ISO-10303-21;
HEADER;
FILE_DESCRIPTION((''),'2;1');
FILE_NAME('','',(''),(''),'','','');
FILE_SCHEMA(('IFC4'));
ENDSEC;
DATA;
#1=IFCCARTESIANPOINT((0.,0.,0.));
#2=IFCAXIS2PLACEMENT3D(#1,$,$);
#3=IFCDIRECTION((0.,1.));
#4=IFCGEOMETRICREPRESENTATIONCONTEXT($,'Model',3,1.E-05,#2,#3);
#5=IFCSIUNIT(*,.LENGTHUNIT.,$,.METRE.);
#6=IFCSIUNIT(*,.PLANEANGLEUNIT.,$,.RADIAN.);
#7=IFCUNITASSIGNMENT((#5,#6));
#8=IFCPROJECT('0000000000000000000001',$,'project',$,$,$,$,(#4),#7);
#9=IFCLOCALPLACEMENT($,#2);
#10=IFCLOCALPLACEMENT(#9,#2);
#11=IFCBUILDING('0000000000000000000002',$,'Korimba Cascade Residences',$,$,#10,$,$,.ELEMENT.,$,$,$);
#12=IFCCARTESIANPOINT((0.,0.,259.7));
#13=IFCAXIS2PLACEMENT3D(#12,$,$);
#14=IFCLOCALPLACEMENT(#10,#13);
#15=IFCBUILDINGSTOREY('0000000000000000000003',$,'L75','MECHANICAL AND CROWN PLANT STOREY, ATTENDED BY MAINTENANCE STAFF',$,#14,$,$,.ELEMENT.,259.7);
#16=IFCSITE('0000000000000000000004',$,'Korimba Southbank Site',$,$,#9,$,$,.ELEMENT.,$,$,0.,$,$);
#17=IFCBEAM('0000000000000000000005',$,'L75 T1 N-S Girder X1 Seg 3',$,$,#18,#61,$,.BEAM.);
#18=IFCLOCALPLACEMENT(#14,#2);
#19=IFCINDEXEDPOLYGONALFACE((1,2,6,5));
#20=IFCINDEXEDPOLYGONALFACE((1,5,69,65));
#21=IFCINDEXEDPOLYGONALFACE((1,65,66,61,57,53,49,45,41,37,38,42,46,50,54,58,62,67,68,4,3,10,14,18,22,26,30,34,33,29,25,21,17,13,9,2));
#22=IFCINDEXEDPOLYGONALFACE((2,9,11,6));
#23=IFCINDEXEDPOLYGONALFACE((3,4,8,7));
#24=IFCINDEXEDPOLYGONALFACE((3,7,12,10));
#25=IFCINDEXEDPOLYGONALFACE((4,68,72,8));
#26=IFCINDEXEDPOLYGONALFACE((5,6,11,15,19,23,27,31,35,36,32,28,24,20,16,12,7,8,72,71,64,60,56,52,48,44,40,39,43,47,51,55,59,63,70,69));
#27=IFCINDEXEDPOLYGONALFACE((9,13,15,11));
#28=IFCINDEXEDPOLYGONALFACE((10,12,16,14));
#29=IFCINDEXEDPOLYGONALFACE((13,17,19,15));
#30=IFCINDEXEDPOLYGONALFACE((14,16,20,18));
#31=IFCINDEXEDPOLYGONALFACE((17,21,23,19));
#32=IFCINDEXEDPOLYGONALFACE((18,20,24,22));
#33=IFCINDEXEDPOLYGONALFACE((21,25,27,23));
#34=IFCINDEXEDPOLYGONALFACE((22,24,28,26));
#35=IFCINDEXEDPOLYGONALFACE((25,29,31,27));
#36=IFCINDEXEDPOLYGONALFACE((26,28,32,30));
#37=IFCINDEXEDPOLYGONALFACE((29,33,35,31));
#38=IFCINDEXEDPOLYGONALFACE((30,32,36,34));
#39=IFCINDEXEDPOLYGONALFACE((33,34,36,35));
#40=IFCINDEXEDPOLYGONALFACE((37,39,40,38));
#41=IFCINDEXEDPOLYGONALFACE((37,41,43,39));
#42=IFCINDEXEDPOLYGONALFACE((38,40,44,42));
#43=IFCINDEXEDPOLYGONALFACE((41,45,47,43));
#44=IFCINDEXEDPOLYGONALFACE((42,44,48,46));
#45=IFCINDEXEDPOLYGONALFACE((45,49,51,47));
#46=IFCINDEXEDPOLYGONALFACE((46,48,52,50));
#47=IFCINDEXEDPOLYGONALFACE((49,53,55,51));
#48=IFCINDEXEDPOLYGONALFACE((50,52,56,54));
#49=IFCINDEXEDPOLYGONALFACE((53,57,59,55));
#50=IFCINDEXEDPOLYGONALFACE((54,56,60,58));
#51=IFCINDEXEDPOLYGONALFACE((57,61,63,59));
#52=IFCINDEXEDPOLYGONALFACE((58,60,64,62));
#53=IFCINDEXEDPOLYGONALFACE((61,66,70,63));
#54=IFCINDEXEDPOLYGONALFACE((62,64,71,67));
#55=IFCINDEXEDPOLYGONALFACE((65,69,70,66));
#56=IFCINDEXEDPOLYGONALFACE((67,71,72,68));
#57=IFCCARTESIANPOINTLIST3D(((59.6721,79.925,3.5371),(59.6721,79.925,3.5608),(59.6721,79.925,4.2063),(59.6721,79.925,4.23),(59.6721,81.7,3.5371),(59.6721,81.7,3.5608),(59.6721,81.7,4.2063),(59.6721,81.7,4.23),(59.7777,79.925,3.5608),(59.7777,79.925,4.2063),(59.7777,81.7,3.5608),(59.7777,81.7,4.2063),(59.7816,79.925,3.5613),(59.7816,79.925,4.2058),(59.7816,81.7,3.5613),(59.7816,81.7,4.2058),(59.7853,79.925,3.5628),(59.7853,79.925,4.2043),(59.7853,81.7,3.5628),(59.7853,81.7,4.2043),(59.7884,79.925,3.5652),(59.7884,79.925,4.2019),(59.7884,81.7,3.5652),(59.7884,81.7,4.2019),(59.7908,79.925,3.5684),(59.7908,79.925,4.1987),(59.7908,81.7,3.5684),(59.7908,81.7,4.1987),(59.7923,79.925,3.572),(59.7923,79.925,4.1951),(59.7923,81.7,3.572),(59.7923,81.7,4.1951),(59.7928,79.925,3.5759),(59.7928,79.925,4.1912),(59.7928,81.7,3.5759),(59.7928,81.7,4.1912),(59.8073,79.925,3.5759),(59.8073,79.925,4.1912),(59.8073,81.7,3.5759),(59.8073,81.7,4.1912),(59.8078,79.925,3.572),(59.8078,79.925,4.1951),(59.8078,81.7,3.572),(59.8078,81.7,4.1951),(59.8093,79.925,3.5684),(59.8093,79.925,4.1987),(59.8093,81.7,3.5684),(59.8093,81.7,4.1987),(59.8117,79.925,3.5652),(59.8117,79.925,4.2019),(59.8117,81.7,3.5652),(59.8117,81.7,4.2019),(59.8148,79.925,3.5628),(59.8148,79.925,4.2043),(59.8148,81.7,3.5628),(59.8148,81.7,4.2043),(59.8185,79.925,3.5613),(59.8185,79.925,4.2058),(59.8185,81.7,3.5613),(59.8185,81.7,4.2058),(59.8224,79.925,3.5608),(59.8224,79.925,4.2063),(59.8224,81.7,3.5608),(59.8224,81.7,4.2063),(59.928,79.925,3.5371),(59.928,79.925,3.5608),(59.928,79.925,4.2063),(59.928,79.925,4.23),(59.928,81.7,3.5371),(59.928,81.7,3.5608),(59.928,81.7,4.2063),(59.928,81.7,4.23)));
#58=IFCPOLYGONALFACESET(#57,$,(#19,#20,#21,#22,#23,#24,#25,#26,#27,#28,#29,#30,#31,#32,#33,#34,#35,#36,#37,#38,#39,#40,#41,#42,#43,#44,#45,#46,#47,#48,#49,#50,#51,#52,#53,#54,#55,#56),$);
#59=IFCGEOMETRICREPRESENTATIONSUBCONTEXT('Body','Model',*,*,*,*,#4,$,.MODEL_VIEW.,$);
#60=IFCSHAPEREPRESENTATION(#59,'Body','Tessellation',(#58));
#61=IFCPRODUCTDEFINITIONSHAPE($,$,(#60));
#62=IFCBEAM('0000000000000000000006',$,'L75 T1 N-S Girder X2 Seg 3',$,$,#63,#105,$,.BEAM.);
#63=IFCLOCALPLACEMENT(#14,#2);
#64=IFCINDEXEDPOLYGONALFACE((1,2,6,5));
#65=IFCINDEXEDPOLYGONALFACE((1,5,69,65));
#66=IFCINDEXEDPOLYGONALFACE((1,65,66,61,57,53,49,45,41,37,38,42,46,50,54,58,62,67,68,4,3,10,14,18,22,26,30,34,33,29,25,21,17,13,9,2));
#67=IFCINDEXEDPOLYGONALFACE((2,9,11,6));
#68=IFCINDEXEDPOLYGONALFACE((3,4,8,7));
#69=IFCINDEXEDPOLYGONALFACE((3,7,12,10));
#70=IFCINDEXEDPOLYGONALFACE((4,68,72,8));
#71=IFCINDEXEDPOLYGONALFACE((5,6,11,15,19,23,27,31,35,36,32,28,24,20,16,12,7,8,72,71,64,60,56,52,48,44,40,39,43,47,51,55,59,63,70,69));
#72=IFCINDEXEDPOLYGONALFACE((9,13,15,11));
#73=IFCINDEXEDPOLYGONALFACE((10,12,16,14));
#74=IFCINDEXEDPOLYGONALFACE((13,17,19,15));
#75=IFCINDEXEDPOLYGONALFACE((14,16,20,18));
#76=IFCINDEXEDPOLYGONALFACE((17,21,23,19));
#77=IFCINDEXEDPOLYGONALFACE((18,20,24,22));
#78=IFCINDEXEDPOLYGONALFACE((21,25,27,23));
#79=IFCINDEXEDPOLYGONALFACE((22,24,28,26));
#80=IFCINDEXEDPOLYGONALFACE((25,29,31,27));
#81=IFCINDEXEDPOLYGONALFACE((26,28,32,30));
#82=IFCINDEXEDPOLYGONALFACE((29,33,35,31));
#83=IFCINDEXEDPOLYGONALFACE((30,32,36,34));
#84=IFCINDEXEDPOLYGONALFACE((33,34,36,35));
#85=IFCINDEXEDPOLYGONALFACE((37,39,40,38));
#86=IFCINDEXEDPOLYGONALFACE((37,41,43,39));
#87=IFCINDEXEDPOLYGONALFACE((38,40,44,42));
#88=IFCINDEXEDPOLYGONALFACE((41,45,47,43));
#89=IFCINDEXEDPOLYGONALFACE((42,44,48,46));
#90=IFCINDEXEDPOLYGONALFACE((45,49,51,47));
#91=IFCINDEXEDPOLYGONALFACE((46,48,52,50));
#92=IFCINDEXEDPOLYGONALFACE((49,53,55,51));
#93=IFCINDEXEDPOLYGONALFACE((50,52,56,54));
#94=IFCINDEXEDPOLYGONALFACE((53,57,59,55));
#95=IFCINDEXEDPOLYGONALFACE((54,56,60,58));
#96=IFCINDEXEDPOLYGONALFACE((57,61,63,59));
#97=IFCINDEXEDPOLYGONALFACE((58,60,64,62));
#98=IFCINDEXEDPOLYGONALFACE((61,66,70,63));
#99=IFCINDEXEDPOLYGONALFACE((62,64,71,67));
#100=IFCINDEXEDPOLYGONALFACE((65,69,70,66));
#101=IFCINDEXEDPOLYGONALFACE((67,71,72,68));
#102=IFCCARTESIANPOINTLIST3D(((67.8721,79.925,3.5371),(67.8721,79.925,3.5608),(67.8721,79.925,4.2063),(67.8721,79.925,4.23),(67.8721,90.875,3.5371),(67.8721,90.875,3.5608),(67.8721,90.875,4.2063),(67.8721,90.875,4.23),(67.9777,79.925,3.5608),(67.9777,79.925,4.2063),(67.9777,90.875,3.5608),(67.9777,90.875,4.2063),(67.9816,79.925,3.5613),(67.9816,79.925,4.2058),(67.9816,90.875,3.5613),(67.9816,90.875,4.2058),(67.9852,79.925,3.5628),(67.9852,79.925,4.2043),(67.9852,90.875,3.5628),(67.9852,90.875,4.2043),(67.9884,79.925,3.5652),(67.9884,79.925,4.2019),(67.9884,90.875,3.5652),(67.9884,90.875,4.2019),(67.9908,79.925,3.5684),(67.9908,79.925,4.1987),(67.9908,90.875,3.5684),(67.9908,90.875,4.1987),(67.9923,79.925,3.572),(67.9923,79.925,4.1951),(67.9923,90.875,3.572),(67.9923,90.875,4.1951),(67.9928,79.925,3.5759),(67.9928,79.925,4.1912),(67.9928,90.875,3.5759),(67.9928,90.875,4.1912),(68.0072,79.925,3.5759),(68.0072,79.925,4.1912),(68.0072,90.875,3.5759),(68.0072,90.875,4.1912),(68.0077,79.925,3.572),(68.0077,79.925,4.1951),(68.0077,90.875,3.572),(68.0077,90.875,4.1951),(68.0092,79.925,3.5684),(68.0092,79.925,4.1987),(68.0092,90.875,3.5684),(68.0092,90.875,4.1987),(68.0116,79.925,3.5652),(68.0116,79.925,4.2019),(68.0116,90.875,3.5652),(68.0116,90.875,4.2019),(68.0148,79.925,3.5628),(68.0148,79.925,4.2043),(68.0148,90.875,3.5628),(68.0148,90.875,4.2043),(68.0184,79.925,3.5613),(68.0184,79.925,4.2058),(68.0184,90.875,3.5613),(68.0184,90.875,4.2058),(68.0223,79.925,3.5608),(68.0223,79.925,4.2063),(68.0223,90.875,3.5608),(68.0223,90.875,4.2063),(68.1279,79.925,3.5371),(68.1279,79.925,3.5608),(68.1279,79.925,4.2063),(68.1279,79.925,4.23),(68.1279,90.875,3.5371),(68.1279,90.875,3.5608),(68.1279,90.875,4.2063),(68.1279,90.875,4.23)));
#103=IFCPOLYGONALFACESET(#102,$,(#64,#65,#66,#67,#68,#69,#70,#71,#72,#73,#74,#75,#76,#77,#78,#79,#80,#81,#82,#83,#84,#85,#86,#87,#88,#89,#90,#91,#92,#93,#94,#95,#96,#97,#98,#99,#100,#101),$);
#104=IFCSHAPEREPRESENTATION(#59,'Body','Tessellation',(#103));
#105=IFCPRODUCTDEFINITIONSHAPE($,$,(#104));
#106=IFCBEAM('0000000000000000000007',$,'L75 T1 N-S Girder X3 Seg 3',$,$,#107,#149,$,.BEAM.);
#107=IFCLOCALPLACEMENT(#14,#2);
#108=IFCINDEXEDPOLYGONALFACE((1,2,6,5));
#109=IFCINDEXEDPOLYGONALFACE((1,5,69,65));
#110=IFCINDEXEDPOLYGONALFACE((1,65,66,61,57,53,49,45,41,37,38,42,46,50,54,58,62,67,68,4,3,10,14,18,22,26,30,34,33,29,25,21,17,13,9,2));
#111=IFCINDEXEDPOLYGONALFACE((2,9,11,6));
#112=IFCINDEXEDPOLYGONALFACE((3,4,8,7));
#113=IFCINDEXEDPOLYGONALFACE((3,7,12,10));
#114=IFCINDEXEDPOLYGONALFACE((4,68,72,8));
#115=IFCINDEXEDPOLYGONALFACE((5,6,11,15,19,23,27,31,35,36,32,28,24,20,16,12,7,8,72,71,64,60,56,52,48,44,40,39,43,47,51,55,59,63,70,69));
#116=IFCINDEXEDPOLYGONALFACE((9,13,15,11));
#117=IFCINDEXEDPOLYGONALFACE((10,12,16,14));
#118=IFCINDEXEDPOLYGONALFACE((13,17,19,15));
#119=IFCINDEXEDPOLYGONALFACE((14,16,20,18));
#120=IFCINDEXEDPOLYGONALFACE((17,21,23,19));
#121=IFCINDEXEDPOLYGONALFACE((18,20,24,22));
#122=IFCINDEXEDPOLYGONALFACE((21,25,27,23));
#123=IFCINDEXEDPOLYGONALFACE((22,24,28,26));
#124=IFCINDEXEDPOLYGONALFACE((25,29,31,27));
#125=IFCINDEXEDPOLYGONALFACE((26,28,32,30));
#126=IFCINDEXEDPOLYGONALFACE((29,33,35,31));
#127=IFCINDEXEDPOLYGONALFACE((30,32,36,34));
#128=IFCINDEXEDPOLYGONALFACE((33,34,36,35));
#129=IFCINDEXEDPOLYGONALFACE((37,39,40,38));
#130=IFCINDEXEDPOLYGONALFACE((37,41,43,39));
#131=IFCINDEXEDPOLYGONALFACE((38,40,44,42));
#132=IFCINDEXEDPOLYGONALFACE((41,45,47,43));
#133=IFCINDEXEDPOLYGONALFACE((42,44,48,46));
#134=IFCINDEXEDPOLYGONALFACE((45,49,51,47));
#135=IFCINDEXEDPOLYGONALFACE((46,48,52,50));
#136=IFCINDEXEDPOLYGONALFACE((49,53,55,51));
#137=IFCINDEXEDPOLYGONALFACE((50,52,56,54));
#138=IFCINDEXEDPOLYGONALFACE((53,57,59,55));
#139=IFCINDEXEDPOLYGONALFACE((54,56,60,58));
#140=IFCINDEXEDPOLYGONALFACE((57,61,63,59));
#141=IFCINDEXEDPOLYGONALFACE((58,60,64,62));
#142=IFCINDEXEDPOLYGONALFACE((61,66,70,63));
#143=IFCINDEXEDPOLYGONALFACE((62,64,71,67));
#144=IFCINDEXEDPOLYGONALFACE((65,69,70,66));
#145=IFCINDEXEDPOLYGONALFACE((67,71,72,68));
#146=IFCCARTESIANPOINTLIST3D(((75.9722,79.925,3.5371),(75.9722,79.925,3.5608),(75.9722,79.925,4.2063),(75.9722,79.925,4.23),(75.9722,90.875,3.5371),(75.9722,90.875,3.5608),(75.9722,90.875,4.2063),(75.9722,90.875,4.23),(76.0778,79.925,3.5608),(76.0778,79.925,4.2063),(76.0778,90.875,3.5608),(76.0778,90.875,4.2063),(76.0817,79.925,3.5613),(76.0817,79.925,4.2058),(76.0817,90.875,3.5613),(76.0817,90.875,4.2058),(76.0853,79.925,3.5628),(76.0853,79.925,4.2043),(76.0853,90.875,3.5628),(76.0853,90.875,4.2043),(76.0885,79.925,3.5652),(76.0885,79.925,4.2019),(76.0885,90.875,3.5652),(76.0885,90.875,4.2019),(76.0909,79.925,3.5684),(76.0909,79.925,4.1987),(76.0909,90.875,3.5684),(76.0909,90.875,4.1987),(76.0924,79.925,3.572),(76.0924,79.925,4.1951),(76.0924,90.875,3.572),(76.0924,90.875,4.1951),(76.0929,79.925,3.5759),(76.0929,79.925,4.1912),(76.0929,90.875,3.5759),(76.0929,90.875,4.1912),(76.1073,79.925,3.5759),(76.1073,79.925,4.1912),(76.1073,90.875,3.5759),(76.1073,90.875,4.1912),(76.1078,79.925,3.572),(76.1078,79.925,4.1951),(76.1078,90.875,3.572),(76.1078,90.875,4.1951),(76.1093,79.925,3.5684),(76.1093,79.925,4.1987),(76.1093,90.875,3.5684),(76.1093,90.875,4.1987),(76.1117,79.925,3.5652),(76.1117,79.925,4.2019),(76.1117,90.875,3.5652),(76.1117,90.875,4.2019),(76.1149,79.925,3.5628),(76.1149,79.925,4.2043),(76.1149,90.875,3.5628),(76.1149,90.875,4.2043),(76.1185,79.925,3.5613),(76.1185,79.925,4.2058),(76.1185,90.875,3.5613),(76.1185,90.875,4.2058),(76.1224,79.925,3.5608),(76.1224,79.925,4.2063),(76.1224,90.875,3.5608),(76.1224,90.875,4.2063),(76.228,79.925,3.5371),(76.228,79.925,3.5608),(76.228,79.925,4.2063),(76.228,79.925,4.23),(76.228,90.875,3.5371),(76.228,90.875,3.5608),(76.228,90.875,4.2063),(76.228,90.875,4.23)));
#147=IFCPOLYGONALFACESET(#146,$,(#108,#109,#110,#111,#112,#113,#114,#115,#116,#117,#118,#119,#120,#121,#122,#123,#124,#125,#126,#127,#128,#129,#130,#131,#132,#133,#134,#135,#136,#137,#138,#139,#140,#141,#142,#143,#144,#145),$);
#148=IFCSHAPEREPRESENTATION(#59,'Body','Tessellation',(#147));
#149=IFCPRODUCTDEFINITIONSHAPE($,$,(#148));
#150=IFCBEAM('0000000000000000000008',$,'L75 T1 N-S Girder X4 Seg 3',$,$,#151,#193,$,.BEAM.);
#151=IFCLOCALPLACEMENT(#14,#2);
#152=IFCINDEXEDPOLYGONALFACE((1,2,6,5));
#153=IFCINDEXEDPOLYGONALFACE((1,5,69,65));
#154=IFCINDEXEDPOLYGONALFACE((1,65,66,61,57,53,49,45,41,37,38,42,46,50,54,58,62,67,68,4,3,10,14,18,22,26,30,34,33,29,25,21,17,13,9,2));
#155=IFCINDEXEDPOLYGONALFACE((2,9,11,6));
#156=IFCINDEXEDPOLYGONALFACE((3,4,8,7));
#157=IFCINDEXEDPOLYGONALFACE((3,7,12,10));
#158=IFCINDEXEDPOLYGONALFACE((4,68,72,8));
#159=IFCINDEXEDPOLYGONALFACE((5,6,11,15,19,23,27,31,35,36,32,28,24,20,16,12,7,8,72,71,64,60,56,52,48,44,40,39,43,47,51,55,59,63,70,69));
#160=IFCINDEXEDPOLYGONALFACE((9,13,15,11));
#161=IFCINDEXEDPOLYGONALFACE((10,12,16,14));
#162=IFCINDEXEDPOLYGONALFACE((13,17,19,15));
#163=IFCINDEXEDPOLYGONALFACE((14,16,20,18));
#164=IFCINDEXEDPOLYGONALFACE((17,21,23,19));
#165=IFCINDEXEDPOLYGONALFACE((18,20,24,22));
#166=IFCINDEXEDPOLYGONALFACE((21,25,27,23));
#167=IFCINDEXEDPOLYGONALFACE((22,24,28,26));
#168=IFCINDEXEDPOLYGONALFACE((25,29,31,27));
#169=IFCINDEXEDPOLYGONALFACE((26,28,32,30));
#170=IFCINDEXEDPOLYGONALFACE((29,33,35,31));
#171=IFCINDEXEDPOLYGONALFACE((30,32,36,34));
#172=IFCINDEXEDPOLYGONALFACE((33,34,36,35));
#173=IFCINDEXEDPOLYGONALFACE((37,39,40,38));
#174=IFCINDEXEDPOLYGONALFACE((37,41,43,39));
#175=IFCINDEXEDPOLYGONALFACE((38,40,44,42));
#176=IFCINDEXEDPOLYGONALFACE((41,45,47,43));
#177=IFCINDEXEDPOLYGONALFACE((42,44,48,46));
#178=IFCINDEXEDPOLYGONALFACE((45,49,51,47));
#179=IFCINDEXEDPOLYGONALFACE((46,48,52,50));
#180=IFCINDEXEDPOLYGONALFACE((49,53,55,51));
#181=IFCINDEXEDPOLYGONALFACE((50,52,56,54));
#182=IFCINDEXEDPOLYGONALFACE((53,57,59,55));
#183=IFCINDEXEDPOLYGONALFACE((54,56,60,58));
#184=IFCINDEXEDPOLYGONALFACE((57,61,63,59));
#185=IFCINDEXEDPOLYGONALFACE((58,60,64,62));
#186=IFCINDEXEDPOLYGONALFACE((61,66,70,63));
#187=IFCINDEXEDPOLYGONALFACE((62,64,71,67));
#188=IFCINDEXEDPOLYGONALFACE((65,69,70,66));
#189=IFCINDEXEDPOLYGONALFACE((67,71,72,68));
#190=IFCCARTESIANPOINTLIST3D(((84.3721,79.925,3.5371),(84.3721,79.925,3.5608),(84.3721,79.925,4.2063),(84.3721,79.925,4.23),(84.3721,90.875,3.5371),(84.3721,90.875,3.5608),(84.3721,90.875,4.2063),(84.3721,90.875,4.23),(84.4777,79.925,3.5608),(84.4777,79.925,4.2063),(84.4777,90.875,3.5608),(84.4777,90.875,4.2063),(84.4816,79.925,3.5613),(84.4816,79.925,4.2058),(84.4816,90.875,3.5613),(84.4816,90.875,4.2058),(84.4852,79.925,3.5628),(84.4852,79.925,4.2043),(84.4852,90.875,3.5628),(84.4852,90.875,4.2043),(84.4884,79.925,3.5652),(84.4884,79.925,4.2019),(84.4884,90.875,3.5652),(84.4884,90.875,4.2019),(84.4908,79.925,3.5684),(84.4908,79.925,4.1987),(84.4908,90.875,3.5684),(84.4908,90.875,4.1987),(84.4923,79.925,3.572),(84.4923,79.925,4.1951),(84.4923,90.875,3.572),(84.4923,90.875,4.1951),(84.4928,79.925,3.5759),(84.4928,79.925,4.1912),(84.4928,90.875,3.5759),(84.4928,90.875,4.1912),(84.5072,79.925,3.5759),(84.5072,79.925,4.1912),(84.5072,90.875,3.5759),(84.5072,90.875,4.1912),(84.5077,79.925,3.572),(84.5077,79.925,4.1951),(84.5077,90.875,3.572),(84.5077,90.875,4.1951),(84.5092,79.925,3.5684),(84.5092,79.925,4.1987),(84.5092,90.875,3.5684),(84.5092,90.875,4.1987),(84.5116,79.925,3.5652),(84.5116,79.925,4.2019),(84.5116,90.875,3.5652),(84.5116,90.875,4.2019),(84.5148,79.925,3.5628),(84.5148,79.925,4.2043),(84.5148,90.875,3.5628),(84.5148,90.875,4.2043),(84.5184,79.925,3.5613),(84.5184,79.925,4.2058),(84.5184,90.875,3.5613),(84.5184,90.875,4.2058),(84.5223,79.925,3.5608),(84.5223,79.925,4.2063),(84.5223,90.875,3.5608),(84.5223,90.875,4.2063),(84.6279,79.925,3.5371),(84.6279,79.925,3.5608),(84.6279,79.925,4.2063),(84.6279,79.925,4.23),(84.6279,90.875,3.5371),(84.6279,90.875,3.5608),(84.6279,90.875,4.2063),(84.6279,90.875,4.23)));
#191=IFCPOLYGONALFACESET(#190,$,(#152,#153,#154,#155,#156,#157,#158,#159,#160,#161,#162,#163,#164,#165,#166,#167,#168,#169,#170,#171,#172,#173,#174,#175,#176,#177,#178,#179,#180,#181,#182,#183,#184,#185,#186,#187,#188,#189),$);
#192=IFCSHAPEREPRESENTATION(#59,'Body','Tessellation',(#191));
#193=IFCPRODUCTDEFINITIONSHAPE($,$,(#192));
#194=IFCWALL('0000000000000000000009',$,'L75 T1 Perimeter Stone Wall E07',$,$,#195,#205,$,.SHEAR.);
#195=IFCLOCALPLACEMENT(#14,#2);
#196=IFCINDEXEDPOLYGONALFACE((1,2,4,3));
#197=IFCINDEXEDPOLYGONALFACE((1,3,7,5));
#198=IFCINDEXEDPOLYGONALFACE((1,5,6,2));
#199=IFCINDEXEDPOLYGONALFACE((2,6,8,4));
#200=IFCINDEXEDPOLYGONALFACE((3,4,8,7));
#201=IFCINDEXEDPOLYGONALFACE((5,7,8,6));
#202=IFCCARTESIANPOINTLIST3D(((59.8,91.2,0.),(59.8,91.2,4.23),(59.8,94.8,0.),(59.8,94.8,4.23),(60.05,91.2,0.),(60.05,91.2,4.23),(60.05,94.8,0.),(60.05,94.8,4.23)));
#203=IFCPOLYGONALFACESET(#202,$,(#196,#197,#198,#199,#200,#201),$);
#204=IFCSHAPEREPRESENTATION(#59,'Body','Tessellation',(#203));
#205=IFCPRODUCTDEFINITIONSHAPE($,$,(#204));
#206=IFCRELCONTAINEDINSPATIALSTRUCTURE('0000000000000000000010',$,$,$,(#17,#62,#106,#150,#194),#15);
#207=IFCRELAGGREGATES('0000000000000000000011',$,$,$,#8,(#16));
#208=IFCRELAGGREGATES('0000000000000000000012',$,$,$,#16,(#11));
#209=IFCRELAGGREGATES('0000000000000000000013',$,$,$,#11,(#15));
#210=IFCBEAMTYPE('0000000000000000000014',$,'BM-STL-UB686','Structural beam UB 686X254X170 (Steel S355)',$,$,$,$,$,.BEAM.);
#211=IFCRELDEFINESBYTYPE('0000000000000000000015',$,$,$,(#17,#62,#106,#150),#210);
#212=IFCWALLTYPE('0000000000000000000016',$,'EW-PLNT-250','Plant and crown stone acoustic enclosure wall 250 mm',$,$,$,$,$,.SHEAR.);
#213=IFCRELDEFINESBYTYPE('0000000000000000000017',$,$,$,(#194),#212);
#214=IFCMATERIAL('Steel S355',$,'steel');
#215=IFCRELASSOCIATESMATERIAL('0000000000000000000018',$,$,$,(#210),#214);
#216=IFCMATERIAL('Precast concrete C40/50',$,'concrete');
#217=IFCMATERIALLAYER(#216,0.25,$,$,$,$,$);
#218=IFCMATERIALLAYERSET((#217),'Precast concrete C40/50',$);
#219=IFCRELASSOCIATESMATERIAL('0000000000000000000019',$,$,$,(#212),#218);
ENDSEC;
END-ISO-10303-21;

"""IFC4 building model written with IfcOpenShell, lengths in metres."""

from ifc_helpers import new_model, si_unit, direction, frame, frame_2d, origin, origin_2d, place, context, subcontext, project, spatial, rectangle, i_section, extrude, material, layer, layer_set, material_profile, profile_set, type_object, element, save


model = new_model("IFC4")

# Units and contexts
model_context = context("Model", 3, precision=1e-05, world=origin(), true_north=direction((0.0, 1.0)))
body_context = subcontext(model_context, "Body", "Model", "MODEL_VIEW")
ifc_project = project(units=[si_unit("LENGTHUNIT", "METRE"), si_unit("PLANEANGLEUNIT", "RADIAN")], contexts=[model_context])

# Site, building, storey
site_placement = place(None, origin())
site = spatial("IfcSite", under=ifc_project, at=site_placement, Name="Korimba Southbank Site", CompositionType="ELEMENT", RefElevation=0.0)
building_placement = place(site_placement, origin())
building = spatial("IfcBuilding", under=site, at=building_placement, Name="Korimba Cascade Residences", CompositionType="ELEMENT")
storey_placement = place(building_placement, frame((0.0, 0.0, 259.7)))
storey = spatial("IfcBuildingStorey", under=building, at=storey_placement, Name="L75", Description="MECHANICAL AND CROWN PLANT STOREY, ATTENDED BY MAINTENANCE STAFF", CompositionType="ELEMENT", Elevation=259.7)

# Beams
ifc_material_1 = material(Name="Steel S355", Category="steel")
ifc_material_profile_1 = material_profile(ifc_material_1, i_section(OverallWidth=0.2559, OverallDepth=0.6929, WebThickness=0.0144, FlangeThickness=0.0237, FilletRadius=0.0151, at=origin_2d()), Name="Steel S355")
ifc_profile_set_1 = profile_set([ifc_material_profile_1], Name="Steel S355")
beam_type_1 = type_object("IfcBeamType", Name="BM-STL-UB686", Description="Structural beam UB 686X254X170 (Steel S355)", PredefinedType="BEAM", material=ifc_profile_set_1)
beam_1_placement = place(storey_placement, frame((59.8, 79.925, 3.8835), z_axis=(0.0, 1.0, 0.0), x_axis=(-1.0, 0.0, 0.0)))
element("IfcBeam", 1, at=beam_1_placement, inside=storey, type_object=beam_type_1, Name="L75 T1 N-S Girder X1 Seg 3", PredefinedType="BEAM", context=body_context, shape_type="SweptSolid", body=[
    extrude(i_section(OverallWidth=0.2559, OverallDepth=0.6929, WebThickness=0.0144, FlangeThickness=0.0237, FilletRadius=0.0151, at=origin_2d()), origin(), (0.0, 0.0, 1.0), 1.7749),
])
for number, where, z_axis, x_axis, name in (
    (2, (68.0, 79.925, 3.8835), (0.0, 1.0, 0.0), (-1.0, 0.0, 0.0), "L75 T1 N-S Girder X2 Seg 3"),
    (3, (76.1001, 79.925, 3.8835), (0.0, 1.0, 0.0), (-1.0, 0.0, 0.0), "L75 T1 N-S Girder X3 Seg 3"),
    (4, (84.5, 79.925, 3.8835), (0.0, 1.0, 0.0), (-1.0, 0.0, 0.0), "L75 T1 N-S Girder X4 Seg 3"),
):
    element("IfcBeam", number, at=place(storey_placement, frame(where, z_axis=z_axis, x_axis=x_axis)), inside=storey, type_object=beam_type_1, Name=name, PredefinedType="BEAM", context=body_context, shape_type="SweptSolid", body=[
        extrude(i_section(OverallWidth=0.2559, OverallDepth=0.6929, WebThickness=0.0144, FlangeThickness=0.0237, FilletRadius=0.0151, at=origin_2d()), origin(), (0.0, 0.0, 1.0), 10.95),
    ])

# Wall
ifc_material_2 = material(Name="Precast concrete C40/50", Category="concrete")
ifc_layer = layer(ifc_material_2, 0.25)
ifc_layer_set = layer_set([ifc_layer], Name="Precast concrete C40/50")
wall_type = type_object("IfcWallType", Name="EW-PLNT-250", Description="Plant and crown stone acoustic enclosure wall 250 mm", PredefinedType="SHEAR", material=ifc_layer_set)
for number, where, z_axis, x_axis, name in (
    (5, (59.925, 94.8, 0.0), (0.0, 0.0, 1.0), (0.0, -1.0, 0.0), "L75 T1 Perimeter Stone Wall E07"),
):
    element("IfcWall", number, at=place(storey_placement, frame(where, z_axis=z_axis, x_axis=x_axis)), inside=storey, type_object=wall_type, Name=name, PredefinedType="SHEAR", context=body_context, shape_type="SweptSolid", body=[
        extrude(rectangle(XDim=3.6001, YDim=0.25, at=frame_2d((1.8, 0.0))), origin(), (0.0, 0.0, 1.0), 4.23),
    ])

save(model, "model.ifc")
